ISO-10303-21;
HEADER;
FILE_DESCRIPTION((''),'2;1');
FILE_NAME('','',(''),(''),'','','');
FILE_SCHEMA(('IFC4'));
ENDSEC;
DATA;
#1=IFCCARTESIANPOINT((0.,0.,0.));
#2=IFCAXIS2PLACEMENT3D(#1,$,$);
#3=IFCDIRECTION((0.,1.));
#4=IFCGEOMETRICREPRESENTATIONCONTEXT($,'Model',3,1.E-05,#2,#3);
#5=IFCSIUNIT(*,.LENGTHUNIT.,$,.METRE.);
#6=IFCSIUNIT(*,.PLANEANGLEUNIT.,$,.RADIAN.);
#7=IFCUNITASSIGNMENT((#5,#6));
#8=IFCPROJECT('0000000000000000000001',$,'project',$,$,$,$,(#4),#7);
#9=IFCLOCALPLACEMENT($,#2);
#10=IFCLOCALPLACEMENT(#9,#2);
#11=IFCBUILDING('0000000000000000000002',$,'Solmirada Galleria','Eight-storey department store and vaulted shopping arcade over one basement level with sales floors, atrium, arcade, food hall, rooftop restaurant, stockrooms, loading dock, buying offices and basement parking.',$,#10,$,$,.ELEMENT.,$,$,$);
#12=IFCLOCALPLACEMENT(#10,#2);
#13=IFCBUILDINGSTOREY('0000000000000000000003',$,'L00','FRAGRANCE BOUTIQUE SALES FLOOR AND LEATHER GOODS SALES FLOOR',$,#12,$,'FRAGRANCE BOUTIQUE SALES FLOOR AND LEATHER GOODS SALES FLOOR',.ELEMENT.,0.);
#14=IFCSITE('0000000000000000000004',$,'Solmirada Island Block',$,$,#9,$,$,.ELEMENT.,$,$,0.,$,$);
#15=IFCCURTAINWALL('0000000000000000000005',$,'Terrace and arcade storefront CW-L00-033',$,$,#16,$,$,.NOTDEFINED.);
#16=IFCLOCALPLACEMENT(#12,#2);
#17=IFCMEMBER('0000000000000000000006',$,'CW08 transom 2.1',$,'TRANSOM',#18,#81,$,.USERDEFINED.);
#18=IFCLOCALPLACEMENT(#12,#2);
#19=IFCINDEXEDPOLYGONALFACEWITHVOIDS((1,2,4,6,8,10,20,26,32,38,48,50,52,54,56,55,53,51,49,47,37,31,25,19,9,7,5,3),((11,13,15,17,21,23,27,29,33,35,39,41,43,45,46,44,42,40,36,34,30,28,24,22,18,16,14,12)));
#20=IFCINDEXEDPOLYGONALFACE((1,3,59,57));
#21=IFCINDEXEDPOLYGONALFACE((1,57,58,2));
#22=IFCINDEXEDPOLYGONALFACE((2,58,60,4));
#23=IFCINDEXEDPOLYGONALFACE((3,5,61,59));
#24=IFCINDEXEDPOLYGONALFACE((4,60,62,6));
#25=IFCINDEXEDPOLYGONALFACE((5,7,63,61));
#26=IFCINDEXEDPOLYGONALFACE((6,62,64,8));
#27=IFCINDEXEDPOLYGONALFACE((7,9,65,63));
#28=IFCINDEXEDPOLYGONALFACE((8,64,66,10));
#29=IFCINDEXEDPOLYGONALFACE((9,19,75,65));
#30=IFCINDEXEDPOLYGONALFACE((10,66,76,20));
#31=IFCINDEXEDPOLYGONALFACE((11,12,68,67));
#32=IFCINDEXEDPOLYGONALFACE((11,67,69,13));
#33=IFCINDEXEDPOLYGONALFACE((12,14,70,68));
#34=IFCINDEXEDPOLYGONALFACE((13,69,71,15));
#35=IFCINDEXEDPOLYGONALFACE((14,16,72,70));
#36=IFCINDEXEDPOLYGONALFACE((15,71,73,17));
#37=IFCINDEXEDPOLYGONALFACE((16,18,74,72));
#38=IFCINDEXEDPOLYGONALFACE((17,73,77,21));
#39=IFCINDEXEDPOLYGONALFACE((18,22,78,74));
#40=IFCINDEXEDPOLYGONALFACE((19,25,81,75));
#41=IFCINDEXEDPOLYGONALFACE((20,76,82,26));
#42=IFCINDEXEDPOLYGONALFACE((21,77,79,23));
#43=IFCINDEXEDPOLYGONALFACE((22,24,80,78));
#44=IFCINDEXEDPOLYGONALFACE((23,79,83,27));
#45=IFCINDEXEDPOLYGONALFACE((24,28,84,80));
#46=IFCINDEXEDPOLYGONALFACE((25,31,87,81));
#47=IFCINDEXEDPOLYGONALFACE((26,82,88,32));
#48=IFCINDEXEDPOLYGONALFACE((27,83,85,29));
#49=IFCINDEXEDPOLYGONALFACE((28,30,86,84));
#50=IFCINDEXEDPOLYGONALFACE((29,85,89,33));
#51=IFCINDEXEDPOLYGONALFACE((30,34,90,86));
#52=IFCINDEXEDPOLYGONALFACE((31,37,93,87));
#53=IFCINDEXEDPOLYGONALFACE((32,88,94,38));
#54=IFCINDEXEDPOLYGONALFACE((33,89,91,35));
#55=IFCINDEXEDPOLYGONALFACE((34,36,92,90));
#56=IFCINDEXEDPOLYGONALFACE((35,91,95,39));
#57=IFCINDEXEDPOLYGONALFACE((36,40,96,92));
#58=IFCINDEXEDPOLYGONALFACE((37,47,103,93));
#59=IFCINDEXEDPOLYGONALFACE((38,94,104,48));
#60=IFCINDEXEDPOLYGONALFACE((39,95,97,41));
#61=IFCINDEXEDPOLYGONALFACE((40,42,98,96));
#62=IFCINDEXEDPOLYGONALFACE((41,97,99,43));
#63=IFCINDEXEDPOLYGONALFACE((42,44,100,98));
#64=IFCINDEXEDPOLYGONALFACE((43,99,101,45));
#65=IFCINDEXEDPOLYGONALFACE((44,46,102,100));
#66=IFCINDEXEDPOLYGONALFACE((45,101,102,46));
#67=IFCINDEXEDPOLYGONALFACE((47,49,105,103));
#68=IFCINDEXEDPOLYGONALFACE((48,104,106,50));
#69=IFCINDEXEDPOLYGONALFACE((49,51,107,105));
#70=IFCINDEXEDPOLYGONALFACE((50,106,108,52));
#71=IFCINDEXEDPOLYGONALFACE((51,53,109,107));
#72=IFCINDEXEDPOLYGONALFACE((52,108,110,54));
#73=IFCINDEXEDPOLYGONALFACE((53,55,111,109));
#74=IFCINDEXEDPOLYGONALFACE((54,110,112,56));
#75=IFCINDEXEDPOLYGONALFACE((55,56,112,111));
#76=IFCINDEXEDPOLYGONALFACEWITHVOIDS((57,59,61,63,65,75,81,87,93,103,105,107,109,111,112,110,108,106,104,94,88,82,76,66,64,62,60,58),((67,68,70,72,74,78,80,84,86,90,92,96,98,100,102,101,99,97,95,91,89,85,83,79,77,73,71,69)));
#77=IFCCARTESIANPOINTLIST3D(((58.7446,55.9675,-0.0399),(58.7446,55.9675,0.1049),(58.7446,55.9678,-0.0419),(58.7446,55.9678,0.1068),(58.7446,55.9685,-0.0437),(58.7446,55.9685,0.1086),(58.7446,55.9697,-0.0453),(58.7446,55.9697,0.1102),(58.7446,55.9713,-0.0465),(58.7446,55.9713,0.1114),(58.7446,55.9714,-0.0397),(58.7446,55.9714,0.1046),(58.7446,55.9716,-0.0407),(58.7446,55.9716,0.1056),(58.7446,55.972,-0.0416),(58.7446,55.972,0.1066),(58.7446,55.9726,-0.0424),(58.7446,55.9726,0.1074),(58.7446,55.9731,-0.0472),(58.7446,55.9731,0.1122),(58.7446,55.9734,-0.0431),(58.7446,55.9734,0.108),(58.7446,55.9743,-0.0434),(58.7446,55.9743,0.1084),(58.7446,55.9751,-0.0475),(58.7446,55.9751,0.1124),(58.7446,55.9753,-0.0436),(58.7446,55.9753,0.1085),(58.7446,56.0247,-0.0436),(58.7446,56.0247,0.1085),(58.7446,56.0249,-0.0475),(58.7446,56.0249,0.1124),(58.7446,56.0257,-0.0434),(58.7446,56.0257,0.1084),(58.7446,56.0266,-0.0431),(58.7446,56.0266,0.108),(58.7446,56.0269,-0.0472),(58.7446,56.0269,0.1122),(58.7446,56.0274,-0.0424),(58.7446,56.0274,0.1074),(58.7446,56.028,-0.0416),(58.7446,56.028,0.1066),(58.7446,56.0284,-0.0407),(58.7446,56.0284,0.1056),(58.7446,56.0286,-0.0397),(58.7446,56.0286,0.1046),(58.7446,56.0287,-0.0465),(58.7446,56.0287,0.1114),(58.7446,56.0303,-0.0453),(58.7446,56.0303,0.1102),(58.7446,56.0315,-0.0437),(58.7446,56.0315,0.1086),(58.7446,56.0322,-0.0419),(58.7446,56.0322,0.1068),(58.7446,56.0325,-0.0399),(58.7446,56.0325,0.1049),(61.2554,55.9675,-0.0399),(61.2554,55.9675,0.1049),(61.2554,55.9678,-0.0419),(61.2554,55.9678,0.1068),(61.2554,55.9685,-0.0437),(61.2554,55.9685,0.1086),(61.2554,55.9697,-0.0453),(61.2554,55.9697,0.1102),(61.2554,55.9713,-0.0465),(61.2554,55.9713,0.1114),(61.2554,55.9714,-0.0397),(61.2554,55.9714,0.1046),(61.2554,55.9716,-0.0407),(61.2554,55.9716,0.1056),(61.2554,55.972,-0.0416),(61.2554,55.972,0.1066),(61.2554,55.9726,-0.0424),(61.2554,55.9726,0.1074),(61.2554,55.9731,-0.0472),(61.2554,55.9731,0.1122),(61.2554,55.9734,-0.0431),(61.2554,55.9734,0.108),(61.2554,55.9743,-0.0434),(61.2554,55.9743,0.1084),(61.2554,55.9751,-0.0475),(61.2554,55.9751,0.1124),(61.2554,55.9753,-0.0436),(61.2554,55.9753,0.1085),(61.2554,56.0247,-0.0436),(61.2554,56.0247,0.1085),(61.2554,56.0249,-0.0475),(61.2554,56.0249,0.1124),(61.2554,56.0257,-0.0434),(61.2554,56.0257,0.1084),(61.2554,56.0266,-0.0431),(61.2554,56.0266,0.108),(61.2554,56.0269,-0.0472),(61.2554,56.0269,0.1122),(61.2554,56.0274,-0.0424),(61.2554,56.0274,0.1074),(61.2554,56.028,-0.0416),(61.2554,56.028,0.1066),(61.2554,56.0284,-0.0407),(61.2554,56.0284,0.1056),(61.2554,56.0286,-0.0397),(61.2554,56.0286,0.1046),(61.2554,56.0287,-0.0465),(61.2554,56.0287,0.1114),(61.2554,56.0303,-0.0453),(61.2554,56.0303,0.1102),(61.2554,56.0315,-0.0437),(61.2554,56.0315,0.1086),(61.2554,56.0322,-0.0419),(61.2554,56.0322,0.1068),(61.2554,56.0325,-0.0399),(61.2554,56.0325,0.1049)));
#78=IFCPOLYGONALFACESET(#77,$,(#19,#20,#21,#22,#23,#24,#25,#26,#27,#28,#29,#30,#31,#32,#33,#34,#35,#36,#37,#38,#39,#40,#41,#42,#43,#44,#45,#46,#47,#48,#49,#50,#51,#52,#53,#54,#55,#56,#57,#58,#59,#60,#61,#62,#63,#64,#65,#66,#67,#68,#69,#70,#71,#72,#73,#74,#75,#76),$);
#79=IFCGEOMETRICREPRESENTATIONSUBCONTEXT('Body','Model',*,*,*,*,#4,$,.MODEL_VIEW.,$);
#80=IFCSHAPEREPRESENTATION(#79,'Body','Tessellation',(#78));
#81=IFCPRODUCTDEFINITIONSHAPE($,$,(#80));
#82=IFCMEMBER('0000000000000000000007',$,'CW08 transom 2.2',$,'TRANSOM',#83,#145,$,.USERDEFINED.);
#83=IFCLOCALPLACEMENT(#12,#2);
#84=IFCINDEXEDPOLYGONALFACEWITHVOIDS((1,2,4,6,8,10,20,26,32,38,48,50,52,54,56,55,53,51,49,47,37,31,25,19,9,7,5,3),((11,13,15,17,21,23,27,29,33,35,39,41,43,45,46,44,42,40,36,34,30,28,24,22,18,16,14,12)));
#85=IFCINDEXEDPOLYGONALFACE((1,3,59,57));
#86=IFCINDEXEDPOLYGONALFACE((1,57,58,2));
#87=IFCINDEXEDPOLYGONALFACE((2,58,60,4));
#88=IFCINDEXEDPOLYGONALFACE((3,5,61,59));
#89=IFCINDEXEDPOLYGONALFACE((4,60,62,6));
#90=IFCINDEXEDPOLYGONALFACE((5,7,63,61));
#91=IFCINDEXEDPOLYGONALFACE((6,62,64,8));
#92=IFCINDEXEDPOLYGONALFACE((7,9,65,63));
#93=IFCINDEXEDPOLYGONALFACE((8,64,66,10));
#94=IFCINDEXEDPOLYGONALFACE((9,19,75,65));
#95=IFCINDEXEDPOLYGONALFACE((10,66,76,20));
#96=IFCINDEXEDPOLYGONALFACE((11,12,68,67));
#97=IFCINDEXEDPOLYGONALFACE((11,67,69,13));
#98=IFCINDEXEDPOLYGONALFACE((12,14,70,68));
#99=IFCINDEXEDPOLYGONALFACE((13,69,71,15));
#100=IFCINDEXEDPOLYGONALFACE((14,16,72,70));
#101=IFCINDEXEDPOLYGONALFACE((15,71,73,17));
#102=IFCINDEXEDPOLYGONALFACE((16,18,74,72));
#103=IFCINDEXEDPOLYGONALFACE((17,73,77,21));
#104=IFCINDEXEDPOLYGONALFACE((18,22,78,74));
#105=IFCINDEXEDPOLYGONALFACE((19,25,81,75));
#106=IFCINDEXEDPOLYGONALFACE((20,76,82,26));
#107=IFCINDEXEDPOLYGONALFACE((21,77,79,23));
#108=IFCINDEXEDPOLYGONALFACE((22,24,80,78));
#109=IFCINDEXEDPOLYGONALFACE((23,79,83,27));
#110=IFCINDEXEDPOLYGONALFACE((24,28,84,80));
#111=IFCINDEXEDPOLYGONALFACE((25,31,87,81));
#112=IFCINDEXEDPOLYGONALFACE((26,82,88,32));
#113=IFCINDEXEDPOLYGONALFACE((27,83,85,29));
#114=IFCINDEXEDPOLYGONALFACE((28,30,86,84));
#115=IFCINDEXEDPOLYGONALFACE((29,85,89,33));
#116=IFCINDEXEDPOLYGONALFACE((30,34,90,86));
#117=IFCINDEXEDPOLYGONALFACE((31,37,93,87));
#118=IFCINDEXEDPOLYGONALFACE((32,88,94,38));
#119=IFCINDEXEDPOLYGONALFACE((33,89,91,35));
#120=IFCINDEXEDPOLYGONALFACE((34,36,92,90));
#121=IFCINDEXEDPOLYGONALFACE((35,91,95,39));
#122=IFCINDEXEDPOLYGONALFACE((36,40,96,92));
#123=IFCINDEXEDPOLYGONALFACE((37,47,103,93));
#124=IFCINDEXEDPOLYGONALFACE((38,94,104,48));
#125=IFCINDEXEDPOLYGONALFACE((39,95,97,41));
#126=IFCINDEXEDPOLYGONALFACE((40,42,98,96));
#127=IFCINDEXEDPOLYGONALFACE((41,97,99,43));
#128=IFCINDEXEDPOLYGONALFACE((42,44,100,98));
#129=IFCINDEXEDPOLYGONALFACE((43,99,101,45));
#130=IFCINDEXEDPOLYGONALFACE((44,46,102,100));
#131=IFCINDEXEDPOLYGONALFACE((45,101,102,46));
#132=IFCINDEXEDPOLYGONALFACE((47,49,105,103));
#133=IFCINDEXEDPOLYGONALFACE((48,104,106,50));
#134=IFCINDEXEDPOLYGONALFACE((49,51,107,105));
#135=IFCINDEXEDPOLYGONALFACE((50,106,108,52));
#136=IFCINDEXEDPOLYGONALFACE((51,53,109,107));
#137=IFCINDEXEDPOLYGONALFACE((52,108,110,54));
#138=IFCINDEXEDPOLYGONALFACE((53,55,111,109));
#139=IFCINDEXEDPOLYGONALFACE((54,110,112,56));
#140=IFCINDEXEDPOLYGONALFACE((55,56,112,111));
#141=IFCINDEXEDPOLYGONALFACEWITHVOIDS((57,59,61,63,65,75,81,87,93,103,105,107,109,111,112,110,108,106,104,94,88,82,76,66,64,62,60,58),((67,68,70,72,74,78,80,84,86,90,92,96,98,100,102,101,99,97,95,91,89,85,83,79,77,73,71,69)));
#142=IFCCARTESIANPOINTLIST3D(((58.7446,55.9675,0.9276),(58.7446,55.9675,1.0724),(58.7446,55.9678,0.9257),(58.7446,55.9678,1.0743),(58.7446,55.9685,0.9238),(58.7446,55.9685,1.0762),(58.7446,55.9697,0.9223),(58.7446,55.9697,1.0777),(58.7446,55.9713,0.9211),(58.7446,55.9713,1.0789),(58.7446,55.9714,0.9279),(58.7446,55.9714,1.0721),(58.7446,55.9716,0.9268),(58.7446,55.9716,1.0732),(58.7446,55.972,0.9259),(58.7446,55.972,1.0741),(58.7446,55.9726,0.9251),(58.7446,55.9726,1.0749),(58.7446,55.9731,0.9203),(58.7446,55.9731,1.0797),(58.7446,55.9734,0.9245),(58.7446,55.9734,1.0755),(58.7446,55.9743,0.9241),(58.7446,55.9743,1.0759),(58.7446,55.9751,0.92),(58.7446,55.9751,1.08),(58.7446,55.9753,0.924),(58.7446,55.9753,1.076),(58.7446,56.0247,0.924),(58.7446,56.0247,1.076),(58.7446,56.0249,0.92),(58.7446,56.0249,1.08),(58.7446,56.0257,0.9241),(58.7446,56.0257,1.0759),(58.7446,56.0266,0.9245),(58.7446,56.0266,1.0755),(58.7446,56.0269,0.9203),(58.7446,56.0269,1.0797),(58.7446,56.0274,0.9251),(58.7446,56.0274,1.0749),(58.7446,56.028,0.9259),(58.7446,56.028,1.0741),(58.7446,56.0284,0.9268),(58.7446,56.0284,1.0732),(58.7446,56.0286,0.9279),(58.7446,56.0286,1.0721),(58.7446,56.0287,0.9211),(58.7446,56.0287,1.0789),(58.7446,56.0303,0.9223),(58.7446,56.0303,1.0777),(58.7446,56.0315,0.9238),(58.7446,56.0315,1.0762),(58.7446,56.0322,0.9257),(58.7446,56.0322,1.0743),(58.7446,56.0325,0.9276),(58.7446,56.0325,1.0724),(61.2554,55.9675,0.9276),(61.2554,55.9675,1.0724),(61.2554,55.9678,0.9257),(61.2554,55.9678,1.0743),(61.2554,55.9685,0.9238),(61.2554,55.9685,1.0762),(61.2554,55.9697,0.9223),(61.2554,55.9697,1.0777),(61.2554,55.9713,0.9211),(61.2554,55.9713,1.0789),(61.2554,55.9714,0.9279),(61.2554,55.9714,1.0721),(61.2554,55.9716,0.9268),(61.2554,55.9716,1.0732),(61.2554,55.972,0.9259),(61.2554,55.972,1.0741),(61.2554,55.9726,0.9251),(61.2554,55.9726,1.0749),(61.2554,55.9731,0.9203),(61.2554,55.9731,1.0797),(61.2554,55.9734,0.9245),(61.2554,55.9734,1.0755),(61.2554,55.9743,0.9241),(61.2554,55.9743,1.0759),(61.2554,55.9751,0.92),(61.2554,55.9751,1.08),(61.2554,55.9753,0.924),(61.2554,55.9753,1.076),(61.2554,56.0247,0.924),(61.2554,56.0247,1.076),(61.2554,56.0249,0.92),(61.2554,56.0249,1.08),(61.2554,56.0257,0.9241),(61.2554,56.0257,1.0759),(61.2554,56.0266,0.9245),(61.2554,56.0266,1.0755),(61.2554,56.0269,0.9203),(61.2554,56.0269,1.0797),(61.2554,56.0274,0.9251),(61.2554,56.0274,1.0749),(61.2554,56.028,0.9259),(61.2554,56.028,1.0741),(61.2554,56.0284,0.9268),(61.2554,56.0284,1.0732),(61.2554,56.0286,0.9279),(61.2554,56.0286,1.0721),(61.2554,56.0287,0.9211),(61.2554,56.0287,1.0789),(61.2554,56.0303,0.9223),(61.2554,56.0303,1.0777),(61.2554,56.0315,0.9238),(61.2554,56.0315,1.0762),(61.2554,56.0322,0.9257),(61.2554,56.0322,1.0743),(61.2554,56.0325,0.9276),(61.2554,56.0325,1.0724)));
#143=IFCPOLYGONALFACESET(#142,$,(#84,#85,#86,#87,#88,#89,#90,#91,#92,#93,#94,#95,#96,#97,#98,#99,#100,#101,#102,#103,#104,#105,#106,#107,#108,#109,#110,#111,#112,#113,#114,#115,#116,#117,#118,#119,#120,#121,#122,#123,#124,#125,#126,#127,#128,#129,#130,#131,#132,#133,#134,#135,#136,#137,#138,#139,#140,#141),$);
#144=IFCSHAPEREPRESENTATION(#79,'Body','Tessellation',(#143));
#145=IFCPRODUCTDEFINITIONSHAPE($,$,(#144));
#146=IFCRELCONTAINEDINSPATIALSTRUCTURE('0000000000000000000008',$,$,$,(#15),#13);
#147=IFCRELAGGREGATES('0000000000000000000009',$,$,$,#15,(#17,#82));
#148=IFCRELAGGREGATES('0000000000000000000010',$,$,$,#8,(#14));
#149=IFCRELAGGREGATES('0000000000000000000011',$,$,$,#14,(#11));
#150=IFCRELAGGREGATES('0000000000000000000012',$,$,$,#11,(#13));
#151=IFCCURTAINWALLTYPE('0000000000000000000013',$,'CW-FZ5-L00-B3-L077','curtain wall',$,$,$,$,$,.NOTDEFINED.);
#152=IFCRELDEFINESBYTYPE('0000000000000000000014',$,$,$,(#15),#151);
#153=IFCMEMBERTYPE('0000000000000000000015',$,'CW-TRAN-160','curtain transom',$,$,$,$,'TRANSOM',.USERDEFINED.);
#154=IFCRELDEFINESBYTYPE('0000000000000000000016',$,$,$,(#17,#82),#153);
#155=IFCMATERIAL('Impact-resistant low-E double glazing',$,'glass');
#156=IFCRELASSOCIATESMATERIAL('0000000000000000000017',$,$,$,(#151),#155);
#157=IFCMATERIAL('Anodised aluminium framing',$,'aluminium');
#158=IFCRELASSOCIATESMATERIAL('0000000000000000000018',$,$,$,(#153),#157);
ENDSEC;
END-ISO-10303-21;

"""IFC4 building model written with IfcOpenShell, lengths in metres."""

from ifc_helpers import new_model, si_unit, direction, frame, origin, origin_2d, place, context, subcontext, project, spatial, hollow_rectangle, extrude, material, material_profile, profile_set, type_object, element, aggregate, save


model = new_model("IFC4")

# Units and contexts
model_context = context("Model", 3, precision=1e-05, world=origin(), true_north=direction((0.0, 1.0)))
body_context = subcontext(model_context, "Body", "Model", "MODEL_VIEW")
ifc_project = project(units=[si_unit("LENGTHUNIT", "METRE"), si_unit("PLANEANGLEUNIT", "RADIAN")], contexts=[model_context])

# Site, building, storey
site_placement = place(None, origin())
site = spatial("IfcSite", under=ifc_project, at=site_placement, Name="Solmirada Island Block", CompositionType="ELEMENT", RefElevation=0.0)
building_placement = place(site_placement, origin())
building = spatial("IfcBuilding", under=site, at=building_placement, Name="Solmirada Galleria", Description="Eight-storey department store and vaulted shopping arcade over one basement level with sales floors, atrium, arcade, food hall, rooftop restaurant, stockrooms, loading dock, buying offices and basement parking.", CompositionType="ELEMENT")
storey_placement = place(building_placement, origin())
storey = spatial("IfcBuildingStorey", under=building, at=storey_placement, Name="L00", Description="FRAGRANCE BOUTIQUE SALES FLOOR AND LEATHER GOODS SALES FLOOR", LongName="FRAGRANCE BOUTIQUE SALES FLOOR AND LEATHER GOODS SALES FLOOR", CompositionType="ELEMENT", Elevation=0.0)

# Curtain wall
ifc_material_1 = material(Name="Impact-resistant low-E double glazing", Category="glass")
curtain_wall_type = type_object("IfcCurtainWallType", Name="CW-FZ5-L00-B3-L077", Description="curtain wall", PredefinedType="NOTDEFINED", material=ifc_material_1)
curtain_wall_1_placement = place(storey_placement, origin())
curtain_wall_1 = element("IfcCurtainWall", 1, at=curtain_wall_1_placement, inside=storey, type_object=curtain_wall_type, Name="Terrace and arcade storefront CW-L00-033", PredefinedType="NOTDEFINED")
ifc_material_2 = material(Name="Anodised aluminium framing", Category="aluminium")

# Members
ifc_material_profile_1 = material_profile(ifc_material_2, hollow_rectangle(XDim=0.0649, YDim=0.1599, WallThickness=0.0039, InnerFilletRadius=0.0039, OuterFilletRadius=0.0076, at=origin_2d()), Name="ALU-TRAN-160X65")
ifc_profile_set_1 = profile_set([ifc_material_profile_1], Name="Anodised aluminium framing")
member_type_1 = type_object("IfcMemberType", Name="CW-TRAN-160", Description="curtain transom", ElementType="TRANSOM", PredefinedType="USERDEFINED", material=ifc_profile_set_1)
member_1_placement = place(storey_placement, frame((61.2554, 56.0, 0.0325), z_axis=(-1.0, 0.0, 0.0), x_axis=(0.0, -1.0, 0.0)))
member_1 = element("IfcMember", 2, at=member_1_placement, type_object=member_type_1, Name="CW08 transom 2.1", ObjectType="TRANSOM", PredefinedType="USERDEFINED", context=body_context, shape_type="SweptSolid", body=[
    extrude(hollow_rectangle(XDim=0.0649, YDim=0.1599, WallThickness=0.0039, InnerFilletRadius=0.0039, OuterFilletRadius=0.0076, at=origin_2d()), origin(), (0.0, 0.0, 1.0), 2.5107),
])
member_2_placement = place(storey_placement, frame((61.2554, 56.0, 1.0), z_axis=(-1.0, 0.0, 0.0), x_axis=(0.0, -1.0, 0.0)))
member_2 = element("IfcMember", 3, at=member_2_placement, type_object=member_type_1, Name="CW08 transom 2.2", ObjectType="TRANSOM", PredefinedType="USERDEFINED", context=body_context, shape_type="SweptSolid", body=[
    extrude(hollow_rectangle(XDim=0.0649, YDim=0.1599, WallThickness=0.0039, InnerFilletRadius=0.0039, OuterFilletRadius=0.0076, at=origin_2d()), origin(), (0.0, 0.0, 1.0), 2.5107),
])

aggregate(curtain_wall_1, [member_1, member_2])

save(model, "model.ifc")
